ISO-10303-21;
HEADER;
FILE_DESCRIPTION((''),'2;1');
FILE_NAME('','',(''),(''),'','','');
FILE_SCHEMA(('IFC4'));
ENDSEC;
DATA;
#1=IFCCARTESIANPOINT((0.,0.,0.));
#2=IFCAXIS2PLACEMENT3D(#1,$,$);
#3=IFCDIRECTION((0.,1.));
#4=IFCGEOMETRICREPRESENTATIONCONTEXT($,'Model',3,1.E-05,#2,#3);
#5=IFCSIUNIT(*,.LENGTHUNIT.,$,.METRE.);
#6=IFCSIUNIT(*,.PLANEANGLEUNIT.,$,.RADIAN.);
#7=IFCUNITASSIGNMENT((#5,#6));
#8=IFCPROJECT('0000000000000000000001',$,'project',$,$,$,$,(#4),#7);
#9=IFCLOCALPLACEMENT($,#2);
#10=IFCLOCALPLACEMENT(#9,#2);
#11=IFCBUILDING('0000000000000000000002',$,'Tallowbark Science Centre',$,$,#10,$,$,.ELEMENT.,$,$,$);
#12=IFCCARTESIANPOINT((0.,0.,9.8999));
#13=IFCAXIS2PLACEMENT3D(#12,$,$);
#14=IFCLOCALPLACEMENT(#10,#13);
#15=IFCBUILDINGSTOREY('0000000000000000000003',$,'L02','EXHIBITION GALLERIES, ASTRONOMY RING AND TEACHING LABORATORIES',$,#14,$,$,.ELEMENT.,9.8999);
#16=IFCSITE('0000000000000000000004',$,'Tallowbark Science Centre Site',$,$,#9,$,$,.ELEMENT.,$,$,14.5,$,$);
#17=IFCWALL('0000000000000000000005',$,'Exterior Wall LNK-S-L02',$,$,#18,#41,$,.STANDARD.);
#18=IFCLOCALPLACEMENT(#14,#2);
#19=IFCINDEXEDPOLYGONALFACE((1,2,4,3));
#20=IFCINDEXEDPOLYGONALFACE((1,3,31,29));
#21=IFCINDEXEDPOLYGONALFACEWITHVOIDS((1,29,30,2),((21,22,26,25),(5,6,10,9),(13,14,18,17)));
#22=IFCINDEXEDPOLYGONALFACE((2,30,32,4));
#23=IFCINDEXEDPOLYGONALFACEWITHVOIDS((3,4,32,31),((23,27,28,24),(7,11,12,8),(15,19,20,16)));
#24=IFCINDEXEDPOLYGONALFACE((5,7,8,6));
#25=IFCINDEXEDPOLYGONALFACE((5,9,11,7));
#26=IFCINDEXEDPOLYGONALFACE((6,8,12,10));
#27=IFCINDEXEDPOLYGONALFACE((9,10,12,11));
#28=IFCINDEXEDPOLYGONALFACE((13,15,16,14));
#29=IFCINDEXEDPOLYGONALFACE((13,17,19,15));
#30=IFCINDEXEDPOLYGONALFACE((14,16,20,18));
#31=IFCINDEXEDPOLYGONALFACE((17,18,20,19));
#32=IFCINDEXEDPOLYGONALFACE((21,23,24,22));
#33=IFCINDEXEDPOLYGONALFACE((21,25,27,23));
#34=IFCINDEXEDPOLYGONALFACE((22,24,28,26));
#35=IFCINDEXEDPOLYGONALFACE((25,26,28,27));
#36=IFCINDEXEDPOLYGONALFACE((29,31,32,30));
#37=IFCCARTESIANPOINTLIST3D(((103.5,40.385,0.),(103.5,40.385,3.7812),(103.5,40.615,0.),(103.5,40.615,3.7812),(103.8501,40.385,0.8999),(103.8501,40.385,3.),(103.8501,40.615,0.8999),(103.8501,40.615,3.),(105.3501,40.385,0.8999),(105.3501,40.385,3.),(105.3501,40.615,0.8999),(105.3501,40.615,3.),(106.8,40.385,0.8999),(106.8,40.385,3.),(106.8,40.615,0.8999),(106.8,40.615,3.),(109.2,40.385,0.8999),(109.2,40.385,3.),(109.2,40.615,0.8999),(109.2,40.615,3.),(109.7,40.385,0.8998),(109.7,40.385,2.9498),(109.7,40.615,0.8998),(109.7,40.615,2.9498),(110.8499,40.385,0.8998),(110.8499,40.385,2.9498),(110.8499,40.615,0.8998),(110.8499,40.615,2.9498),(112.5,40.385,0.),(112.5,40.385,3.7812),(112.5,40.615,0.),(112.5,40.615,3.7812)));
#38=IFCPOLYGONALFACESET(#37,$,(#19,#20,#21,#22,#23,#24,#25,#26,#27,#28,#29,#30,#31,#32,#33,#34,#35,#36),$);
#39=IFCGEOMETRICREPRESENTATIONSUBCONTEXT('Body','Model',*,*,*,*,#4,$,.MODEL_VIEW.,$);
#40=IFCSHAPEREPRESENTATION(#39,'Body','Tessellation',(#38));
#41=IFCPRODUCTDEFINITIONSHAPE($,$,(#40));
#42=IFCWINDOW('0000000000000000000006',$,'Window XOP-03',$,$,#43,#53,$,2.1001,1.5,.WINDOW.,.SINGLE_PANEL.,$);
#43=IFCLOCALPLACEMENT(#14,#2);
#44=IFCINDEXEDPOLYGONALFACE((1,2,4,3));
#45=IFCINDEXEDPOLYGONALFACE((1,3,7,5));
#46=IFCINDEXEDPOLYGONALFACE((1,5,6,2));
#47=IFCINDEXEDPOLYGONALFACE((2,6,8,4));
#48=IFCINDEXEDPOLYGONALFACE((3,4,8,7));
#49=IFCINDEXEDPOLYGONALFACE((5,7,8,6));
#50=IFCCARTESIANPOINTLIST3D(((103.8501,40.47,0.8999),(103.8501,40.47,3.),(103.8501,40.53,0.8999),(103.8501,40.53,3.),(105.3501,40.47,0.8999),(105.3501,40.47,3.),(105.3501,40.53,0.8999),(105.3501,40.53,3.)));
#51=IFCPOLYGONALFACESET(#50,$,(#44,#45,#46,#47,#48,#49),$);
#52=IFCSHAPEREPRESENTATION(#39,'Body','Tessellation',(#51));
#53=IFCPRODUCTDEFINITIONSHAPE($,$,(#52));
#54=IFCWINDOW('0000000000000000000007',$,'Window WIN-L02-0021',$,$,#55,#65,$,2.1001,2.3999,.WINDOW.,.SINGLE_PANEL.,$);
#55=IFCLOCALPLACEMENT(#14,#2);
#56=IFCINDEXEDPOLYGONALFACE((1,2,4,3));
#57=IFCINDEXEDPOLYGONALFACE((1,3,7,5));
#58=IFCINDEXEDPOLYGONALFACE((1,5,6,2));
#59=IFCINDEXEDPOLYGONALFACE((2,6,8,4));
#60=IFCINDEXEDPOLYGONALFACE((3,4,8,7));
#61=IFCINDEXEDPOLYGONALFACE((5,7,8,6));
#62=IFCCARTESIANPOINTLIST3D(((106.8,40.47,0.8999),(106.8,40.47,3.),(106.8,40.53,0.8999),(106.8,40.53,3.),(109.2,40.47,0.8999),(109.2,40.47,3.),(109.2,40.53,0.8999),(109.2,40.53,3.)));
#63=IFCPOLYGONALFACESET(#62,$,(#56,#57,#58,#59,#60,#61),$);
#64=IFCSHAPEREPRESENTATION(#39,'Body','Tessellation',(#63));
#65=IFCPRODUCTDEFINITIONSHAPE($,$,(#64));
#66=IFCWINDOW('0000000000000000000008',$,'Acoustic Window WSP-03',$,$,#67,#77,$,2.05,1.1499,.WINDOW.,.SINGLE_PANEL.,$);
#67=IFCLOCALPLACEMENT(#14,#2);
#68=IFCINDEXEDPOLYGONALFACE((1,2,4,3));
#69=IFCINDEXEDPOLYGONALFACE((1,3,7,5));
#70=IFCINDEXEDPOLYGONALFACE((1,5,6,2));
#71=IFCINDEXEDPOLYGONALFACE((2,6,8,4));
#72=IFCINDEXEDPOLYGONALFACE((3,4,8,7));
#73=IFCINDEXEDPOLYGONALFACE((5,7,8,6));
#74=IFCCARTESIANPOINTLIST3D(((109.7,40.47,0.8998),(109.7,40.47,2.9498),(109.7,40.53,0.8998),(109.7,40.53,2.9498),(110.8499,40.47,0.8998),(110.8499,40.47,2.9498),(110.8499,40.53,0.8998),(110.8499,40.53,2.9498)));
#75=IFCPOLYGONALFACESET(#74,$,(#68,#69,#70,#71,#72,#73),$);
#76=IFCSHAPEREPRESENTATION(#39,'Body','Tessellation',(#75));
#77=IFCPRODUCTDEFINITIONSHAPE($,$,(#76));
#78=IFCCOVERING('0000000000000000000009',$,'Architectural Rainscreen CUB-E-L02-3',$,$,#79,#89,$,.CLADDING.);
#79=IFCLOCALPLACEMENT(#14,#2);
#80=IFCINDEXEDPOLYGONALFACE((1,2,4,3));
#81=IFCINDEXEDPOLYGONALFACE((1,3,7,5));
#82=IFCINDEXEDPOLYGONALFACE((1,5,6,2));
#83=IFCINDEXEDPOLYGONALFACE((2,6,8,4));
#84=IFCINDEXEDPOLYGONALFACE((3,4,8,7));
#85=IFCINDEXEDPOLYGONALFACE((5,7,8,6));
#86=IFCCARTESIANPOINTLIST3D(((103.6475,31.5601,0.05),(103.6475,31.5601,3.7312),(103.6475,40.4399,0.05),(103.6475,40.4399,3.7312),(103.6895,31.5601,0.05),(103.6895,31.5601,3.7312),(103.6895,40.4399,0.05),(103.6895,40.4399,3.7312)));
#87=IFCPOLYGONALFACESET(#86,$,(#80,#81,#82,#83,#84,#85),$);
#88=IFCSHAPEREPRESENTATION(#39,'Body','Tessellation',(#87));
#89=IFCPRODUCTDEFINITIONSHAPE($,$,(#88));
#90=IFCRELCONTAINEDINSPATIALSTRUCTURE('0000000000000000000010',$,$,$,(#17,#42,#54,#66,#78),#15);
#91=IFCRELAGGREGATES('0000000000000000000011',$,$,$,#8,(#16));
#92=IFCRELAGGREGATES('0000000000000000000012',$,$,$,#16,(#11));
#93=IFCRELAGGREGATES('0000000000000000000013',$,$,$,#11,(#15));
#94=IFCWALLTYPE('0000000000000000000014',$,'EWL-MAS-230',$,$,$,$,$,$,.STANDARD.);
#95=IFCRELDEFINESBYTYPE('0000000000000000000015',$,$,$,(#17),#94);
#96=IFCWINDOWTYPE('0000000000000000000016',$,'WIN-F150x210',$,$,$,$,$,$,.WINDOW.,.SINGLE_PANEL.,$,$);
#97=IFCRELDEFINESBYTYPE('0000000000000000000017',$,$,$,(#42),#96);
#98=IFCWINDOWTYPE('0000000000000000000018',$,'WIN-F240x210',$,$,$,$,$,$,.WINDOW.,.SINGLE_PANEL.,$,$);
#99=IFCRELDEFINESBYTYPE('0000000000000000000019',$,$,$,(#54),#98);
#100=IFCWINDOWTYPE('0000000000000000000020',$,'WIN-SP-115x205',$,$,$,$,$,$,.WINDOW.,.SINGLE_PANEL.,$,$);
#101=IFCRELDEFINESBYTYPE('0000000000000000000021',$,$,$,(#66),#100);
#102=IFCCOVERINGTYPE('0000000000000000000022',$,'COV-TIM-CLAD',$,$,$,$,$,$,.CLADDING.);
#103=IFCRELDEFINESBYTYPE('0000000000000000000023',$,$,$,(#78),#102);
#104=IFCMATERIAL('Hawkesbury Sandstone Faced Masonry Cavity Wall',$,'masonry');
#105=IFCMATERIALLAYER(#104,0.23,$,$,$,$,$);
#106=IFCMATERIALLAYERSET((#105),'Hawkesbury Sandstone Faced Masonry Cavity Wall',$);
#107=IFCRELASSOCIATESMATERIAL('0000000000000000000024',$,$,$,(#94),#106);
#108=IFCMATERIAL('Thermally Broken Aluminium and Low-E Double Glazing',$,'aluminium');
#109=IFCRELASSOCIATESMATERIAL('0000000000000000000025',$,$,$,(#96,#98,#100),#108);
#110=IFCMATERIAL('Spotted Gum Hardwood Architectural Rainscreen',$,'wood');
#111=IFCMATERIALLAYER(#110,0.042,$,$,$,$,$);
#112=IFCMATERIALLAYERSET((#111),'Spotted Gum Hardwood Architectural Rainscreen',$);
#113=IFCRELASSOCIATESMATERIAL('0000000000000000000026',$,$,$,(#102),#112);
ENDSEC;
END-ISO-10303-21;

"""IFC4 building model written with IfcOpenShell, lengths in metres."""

from ifc_helpers import new_model, si_unit, direction, frame, frame_2d, origin, origin_2d, place, context, subcontext, project, spatial, rectangle, extrude, material, layer, layer_set, type_object, element, fill, save


model = new_model("IFC4")

# Units and contexts
model_context = context("Model", 3, precision=1e-05, world=origin(), true_north=direction((0.0, 1.0)))
body_context = subcontext(model_context, "Body", "Model", "MODEL_VIEW")
ifc_project = project(units=[si_unit("LENGTHUNIT", "METRE"), si_unit("PLANEANGLEUNIT", "RADIAN")], contexts=[model_context])

# Site, building, storey
site_placement = place(None, origin())
site = spatial("IfcSite", under=ifc_project, at=site_placement, Name="Tallowbark Science Centre Site", CompositionType="ELEMENT", RefElevation=14.5)
building_placement = place(site_placement, origin())
building = spatial("IfcBuilding", under=site, at=building_placement, Name="Tallowbark Science Centre", CompositionType="ELEMENT")
storey_placement = place(building_placement, frame((0.0, 0.0, 9.8999)))
storey = spatial("IfcBuildingStorey", under=building, at=storey_placement, Name="L02", Description="EXHIBITION GALLERIES, ASTRONOMY RING AND TEACHING LABORATORIES", CompositionType="ELEMENT", Elevation=9.8999)

# Wall, openings, windows
ifc_material_1 = material(Name="Hawkesbury Sandstone Faced Masonry Cavity Wall", Category="masonry")
ifc_layer_1 = layer(ifc_material_1, 0.23)
ifc_layer_set_1 = layer_set([ifc_layer_1], Name="Hawkesbury Sandstone Faced Masonry Cavity Wall")
wall_type = type_object("IfcWallType", Name="EWL-MAS-230", PredefinedType="STANDARD", material=ifc_layer_set_1)
wall_placement = place(storey_placement, frame((103.5, 40.5, 0.0), z_axis=(0.0, 0.0, 1.0), x_axis=(1.0, 0.0, 0.0)))
wall = element("IfcWall", 1, at=wall_placement, inside=storey, type_object=wall_type, Name="Exterior Wall LNK-S-L02", PredefinedType="STANDARD", context=body_context, shape_type="SweptSolid", body=[
    extrude(rectangle(XDim=9.0, YDim=0.23, at=frame_2d((4.5, 0.0))), origin(), (0.0, 0.0, 1.0), 3.7812),
])
opening_1_placement = place(wall_placement, frame((3.3, 0.0, 0.8999)))
opening_1 = element("IfcOpeningElement", 2, at=opening_1_placement, cuts=wall, PredefinedType="OPENING", context=body_context, shape_type="SweptSolid", body=[
    extrude(rectangle(XDim=2.3999, YDim=2.1001, at=frame_2d((1.2, 1.05))), frame((0.0, 0.125, 0.0), z_axis=(0.0, -1.0, 0.0), x_axis=(1.0, 0.0, 0.0)), (0.0, 0.0, 1.0), 0.25),
])
opening_2_placement = place(wall_placement, frame((0.3501, 0.0, 0.8999)))
opening_2 = element("IfcOpeningElement", 3, at=opening_2_placement, cuts=wall, PredefinedType="OPENING", context=body_context, shape_type="SweptSolid", body=[
    extrude(rectangle(XDim=1.5, YDim=2.1001, at=frame_2d((0.75, 1.05))), frame((0.0, 0.125, 0.0), z_axis=(0.0, -1.0, 0.0), x_axis=(1.0, 0.0, 0.0)), (0.0, 0.0, 1.0), 0.25),
])
opening_3_placement = place(wall_placement, frame((6.2, 0.0, 0.8999)))
opening_3 = element("IfcOpeningElement", 4, at=opening_3_placement, cuts=wall, PredefinedType="OPENING", context=body_context, shape_type="SweptSolid", body=[
    extrude(rectangle(XDim=1.1499, YDim=2.05, at=frame_2d((0.575, 1.0249))), frame((0.0, 0.125, 0.0), z_axis=(0.0, -1.0, 0.0), x_axis=(1.0, 0.0, 0.0)), (0.0, 0.0, 1.0), 0.25),
])
ifc_material_2 = material(Name="Thermally Broken Aluminium and Low-E Double Glazing", Category="aluminium")
window_type_1 = type_object("IfcWindowType", Name="WIN-F150x210", PartitioningType="SINGLE_PANEL", PredefinedType="WINDOW", material=ifc_material_2)
window_1_placement = place(opening_2_placement, origin())
window_1 = element("IfcWindow", 5, at=window_1_placement, inside=storey, type_object=window_type_1, Name="Window XOP-03", OverallHeight=2.1001, OverallWidth=1.5, PartitioningType="SINGLE_PANEL", PredefinedType="WINDOW", context=body_context, shape_type="SweptSolid", body=[
    extrude(rectangle(XDim=1.5, YDim=2.1001, at=frame_2d((0.75, 1.05))), frame((0.0, 0.03, 0.0), z_axis=(0.0, -1.0, 0.0), x_axis=(1.0, 0.0, 0.0)), (0.0, 0.0, 1.0), 0.0601),
])
fill(opening_2, window_1)
window_type_2 = type_object("IfcWindowType", Name="WIN-F240x210", PartitioningType="SINGLE_PANEL", PredefinedType="WINDOW", material=ifc_material_2)
window_2_placement = place(opening_1_placement, origin())
window_2 = element("IfcWindow", 6, at=window_2_placement, inside=storey, type_object=window_type_2, Name="Window WIN-L02-0021", OverallHeight=2.1001, OverallWidth=2.3999, PartitioningType="SINGLE_PANEL", PredefinedType="WINDOW", context=body_context, shape_type="SweptSolid", body=[
    extrude(rectangle(XDim=2.3999, YDim=2.1001, at=frame_2d((1.2, 1.05))), frame((0.0, 0.03, 0.0), z_axis=(0.0, -1.0, 0.0), x_axis=(1.0, 0.0, 0.0)), (0.0, 0.0, 1.0), 0.0601),
])
fill(opening_1, window_2)
window_type_3 = type_object("IfcWindowType", Name="WIN-SP-115x205", PartitioningType="SINGLE_PANEL", PredefinedType="WINDOW", material=ifc_material_2)
window_3_placement = place(opening_3_placement, origin())
window_3 = element("IfcWindow", 7, at=window_3_placement, inside=storey, type_object=window_type_3, Name="Acoustic Window WSP-03", OverallHeight=2.05, OverallWidth=1.1499, PartitioningType="SINGLE_PANEL", PredefinedType="WINDOW", context=body_context, shape_type="SweptSolid", body=[
    extrude(rectangle(XDim=1.1499, YDim=2.05, at=frame_2d((0.575, 1.0249))), frame((0.0, 0.03, 0.0), z_axis=(0.0, -1.0, 0.0), x_axis=(1.0, 0.0, 0.0)), (0.0, 0.0, 1.0), 0.0601),
])
fill(opening_3, window_3)

# Covering
ifc_material_3 = material(Name="Spotted Gum Hardwood Architectural Rainscreen", Category="wood")
ifc_layer_2 = layer(ifc_material_3, 0.042)
ifc_layer_set_2 = layer_set([ifc_layer_2], Name="Spotted Gum Hardwood Architectural Rainscreen")
covering_type = type_object("IfcCoveringType", Name="COV-TIM-CLAD", PredefinedType="CLADDING", material=ifc_layer_set_2)
covering_placement = place(storey_placement, frame((103.6685, 36.0, 0.05), z_axis=(0.0, 0.0, 1.0), x_axis=(0.0, 1.0, 0.0)))
element("IfcCovering", 8, at=covering_placement, inside=storey, type_object=covering_type, Name="Architectural Rainscreen CUB-E-L02-3", PredefinedType="CLADDING", context=body_context, shape_type="SweptSolid", body=[
    extrude(rectangle(XDim=8.8799, YDim=0.042, at=origin_2d()), origin(), (0.0, 0.0, 1.0), 3.6812),
])

save(model, "model.ifc")
